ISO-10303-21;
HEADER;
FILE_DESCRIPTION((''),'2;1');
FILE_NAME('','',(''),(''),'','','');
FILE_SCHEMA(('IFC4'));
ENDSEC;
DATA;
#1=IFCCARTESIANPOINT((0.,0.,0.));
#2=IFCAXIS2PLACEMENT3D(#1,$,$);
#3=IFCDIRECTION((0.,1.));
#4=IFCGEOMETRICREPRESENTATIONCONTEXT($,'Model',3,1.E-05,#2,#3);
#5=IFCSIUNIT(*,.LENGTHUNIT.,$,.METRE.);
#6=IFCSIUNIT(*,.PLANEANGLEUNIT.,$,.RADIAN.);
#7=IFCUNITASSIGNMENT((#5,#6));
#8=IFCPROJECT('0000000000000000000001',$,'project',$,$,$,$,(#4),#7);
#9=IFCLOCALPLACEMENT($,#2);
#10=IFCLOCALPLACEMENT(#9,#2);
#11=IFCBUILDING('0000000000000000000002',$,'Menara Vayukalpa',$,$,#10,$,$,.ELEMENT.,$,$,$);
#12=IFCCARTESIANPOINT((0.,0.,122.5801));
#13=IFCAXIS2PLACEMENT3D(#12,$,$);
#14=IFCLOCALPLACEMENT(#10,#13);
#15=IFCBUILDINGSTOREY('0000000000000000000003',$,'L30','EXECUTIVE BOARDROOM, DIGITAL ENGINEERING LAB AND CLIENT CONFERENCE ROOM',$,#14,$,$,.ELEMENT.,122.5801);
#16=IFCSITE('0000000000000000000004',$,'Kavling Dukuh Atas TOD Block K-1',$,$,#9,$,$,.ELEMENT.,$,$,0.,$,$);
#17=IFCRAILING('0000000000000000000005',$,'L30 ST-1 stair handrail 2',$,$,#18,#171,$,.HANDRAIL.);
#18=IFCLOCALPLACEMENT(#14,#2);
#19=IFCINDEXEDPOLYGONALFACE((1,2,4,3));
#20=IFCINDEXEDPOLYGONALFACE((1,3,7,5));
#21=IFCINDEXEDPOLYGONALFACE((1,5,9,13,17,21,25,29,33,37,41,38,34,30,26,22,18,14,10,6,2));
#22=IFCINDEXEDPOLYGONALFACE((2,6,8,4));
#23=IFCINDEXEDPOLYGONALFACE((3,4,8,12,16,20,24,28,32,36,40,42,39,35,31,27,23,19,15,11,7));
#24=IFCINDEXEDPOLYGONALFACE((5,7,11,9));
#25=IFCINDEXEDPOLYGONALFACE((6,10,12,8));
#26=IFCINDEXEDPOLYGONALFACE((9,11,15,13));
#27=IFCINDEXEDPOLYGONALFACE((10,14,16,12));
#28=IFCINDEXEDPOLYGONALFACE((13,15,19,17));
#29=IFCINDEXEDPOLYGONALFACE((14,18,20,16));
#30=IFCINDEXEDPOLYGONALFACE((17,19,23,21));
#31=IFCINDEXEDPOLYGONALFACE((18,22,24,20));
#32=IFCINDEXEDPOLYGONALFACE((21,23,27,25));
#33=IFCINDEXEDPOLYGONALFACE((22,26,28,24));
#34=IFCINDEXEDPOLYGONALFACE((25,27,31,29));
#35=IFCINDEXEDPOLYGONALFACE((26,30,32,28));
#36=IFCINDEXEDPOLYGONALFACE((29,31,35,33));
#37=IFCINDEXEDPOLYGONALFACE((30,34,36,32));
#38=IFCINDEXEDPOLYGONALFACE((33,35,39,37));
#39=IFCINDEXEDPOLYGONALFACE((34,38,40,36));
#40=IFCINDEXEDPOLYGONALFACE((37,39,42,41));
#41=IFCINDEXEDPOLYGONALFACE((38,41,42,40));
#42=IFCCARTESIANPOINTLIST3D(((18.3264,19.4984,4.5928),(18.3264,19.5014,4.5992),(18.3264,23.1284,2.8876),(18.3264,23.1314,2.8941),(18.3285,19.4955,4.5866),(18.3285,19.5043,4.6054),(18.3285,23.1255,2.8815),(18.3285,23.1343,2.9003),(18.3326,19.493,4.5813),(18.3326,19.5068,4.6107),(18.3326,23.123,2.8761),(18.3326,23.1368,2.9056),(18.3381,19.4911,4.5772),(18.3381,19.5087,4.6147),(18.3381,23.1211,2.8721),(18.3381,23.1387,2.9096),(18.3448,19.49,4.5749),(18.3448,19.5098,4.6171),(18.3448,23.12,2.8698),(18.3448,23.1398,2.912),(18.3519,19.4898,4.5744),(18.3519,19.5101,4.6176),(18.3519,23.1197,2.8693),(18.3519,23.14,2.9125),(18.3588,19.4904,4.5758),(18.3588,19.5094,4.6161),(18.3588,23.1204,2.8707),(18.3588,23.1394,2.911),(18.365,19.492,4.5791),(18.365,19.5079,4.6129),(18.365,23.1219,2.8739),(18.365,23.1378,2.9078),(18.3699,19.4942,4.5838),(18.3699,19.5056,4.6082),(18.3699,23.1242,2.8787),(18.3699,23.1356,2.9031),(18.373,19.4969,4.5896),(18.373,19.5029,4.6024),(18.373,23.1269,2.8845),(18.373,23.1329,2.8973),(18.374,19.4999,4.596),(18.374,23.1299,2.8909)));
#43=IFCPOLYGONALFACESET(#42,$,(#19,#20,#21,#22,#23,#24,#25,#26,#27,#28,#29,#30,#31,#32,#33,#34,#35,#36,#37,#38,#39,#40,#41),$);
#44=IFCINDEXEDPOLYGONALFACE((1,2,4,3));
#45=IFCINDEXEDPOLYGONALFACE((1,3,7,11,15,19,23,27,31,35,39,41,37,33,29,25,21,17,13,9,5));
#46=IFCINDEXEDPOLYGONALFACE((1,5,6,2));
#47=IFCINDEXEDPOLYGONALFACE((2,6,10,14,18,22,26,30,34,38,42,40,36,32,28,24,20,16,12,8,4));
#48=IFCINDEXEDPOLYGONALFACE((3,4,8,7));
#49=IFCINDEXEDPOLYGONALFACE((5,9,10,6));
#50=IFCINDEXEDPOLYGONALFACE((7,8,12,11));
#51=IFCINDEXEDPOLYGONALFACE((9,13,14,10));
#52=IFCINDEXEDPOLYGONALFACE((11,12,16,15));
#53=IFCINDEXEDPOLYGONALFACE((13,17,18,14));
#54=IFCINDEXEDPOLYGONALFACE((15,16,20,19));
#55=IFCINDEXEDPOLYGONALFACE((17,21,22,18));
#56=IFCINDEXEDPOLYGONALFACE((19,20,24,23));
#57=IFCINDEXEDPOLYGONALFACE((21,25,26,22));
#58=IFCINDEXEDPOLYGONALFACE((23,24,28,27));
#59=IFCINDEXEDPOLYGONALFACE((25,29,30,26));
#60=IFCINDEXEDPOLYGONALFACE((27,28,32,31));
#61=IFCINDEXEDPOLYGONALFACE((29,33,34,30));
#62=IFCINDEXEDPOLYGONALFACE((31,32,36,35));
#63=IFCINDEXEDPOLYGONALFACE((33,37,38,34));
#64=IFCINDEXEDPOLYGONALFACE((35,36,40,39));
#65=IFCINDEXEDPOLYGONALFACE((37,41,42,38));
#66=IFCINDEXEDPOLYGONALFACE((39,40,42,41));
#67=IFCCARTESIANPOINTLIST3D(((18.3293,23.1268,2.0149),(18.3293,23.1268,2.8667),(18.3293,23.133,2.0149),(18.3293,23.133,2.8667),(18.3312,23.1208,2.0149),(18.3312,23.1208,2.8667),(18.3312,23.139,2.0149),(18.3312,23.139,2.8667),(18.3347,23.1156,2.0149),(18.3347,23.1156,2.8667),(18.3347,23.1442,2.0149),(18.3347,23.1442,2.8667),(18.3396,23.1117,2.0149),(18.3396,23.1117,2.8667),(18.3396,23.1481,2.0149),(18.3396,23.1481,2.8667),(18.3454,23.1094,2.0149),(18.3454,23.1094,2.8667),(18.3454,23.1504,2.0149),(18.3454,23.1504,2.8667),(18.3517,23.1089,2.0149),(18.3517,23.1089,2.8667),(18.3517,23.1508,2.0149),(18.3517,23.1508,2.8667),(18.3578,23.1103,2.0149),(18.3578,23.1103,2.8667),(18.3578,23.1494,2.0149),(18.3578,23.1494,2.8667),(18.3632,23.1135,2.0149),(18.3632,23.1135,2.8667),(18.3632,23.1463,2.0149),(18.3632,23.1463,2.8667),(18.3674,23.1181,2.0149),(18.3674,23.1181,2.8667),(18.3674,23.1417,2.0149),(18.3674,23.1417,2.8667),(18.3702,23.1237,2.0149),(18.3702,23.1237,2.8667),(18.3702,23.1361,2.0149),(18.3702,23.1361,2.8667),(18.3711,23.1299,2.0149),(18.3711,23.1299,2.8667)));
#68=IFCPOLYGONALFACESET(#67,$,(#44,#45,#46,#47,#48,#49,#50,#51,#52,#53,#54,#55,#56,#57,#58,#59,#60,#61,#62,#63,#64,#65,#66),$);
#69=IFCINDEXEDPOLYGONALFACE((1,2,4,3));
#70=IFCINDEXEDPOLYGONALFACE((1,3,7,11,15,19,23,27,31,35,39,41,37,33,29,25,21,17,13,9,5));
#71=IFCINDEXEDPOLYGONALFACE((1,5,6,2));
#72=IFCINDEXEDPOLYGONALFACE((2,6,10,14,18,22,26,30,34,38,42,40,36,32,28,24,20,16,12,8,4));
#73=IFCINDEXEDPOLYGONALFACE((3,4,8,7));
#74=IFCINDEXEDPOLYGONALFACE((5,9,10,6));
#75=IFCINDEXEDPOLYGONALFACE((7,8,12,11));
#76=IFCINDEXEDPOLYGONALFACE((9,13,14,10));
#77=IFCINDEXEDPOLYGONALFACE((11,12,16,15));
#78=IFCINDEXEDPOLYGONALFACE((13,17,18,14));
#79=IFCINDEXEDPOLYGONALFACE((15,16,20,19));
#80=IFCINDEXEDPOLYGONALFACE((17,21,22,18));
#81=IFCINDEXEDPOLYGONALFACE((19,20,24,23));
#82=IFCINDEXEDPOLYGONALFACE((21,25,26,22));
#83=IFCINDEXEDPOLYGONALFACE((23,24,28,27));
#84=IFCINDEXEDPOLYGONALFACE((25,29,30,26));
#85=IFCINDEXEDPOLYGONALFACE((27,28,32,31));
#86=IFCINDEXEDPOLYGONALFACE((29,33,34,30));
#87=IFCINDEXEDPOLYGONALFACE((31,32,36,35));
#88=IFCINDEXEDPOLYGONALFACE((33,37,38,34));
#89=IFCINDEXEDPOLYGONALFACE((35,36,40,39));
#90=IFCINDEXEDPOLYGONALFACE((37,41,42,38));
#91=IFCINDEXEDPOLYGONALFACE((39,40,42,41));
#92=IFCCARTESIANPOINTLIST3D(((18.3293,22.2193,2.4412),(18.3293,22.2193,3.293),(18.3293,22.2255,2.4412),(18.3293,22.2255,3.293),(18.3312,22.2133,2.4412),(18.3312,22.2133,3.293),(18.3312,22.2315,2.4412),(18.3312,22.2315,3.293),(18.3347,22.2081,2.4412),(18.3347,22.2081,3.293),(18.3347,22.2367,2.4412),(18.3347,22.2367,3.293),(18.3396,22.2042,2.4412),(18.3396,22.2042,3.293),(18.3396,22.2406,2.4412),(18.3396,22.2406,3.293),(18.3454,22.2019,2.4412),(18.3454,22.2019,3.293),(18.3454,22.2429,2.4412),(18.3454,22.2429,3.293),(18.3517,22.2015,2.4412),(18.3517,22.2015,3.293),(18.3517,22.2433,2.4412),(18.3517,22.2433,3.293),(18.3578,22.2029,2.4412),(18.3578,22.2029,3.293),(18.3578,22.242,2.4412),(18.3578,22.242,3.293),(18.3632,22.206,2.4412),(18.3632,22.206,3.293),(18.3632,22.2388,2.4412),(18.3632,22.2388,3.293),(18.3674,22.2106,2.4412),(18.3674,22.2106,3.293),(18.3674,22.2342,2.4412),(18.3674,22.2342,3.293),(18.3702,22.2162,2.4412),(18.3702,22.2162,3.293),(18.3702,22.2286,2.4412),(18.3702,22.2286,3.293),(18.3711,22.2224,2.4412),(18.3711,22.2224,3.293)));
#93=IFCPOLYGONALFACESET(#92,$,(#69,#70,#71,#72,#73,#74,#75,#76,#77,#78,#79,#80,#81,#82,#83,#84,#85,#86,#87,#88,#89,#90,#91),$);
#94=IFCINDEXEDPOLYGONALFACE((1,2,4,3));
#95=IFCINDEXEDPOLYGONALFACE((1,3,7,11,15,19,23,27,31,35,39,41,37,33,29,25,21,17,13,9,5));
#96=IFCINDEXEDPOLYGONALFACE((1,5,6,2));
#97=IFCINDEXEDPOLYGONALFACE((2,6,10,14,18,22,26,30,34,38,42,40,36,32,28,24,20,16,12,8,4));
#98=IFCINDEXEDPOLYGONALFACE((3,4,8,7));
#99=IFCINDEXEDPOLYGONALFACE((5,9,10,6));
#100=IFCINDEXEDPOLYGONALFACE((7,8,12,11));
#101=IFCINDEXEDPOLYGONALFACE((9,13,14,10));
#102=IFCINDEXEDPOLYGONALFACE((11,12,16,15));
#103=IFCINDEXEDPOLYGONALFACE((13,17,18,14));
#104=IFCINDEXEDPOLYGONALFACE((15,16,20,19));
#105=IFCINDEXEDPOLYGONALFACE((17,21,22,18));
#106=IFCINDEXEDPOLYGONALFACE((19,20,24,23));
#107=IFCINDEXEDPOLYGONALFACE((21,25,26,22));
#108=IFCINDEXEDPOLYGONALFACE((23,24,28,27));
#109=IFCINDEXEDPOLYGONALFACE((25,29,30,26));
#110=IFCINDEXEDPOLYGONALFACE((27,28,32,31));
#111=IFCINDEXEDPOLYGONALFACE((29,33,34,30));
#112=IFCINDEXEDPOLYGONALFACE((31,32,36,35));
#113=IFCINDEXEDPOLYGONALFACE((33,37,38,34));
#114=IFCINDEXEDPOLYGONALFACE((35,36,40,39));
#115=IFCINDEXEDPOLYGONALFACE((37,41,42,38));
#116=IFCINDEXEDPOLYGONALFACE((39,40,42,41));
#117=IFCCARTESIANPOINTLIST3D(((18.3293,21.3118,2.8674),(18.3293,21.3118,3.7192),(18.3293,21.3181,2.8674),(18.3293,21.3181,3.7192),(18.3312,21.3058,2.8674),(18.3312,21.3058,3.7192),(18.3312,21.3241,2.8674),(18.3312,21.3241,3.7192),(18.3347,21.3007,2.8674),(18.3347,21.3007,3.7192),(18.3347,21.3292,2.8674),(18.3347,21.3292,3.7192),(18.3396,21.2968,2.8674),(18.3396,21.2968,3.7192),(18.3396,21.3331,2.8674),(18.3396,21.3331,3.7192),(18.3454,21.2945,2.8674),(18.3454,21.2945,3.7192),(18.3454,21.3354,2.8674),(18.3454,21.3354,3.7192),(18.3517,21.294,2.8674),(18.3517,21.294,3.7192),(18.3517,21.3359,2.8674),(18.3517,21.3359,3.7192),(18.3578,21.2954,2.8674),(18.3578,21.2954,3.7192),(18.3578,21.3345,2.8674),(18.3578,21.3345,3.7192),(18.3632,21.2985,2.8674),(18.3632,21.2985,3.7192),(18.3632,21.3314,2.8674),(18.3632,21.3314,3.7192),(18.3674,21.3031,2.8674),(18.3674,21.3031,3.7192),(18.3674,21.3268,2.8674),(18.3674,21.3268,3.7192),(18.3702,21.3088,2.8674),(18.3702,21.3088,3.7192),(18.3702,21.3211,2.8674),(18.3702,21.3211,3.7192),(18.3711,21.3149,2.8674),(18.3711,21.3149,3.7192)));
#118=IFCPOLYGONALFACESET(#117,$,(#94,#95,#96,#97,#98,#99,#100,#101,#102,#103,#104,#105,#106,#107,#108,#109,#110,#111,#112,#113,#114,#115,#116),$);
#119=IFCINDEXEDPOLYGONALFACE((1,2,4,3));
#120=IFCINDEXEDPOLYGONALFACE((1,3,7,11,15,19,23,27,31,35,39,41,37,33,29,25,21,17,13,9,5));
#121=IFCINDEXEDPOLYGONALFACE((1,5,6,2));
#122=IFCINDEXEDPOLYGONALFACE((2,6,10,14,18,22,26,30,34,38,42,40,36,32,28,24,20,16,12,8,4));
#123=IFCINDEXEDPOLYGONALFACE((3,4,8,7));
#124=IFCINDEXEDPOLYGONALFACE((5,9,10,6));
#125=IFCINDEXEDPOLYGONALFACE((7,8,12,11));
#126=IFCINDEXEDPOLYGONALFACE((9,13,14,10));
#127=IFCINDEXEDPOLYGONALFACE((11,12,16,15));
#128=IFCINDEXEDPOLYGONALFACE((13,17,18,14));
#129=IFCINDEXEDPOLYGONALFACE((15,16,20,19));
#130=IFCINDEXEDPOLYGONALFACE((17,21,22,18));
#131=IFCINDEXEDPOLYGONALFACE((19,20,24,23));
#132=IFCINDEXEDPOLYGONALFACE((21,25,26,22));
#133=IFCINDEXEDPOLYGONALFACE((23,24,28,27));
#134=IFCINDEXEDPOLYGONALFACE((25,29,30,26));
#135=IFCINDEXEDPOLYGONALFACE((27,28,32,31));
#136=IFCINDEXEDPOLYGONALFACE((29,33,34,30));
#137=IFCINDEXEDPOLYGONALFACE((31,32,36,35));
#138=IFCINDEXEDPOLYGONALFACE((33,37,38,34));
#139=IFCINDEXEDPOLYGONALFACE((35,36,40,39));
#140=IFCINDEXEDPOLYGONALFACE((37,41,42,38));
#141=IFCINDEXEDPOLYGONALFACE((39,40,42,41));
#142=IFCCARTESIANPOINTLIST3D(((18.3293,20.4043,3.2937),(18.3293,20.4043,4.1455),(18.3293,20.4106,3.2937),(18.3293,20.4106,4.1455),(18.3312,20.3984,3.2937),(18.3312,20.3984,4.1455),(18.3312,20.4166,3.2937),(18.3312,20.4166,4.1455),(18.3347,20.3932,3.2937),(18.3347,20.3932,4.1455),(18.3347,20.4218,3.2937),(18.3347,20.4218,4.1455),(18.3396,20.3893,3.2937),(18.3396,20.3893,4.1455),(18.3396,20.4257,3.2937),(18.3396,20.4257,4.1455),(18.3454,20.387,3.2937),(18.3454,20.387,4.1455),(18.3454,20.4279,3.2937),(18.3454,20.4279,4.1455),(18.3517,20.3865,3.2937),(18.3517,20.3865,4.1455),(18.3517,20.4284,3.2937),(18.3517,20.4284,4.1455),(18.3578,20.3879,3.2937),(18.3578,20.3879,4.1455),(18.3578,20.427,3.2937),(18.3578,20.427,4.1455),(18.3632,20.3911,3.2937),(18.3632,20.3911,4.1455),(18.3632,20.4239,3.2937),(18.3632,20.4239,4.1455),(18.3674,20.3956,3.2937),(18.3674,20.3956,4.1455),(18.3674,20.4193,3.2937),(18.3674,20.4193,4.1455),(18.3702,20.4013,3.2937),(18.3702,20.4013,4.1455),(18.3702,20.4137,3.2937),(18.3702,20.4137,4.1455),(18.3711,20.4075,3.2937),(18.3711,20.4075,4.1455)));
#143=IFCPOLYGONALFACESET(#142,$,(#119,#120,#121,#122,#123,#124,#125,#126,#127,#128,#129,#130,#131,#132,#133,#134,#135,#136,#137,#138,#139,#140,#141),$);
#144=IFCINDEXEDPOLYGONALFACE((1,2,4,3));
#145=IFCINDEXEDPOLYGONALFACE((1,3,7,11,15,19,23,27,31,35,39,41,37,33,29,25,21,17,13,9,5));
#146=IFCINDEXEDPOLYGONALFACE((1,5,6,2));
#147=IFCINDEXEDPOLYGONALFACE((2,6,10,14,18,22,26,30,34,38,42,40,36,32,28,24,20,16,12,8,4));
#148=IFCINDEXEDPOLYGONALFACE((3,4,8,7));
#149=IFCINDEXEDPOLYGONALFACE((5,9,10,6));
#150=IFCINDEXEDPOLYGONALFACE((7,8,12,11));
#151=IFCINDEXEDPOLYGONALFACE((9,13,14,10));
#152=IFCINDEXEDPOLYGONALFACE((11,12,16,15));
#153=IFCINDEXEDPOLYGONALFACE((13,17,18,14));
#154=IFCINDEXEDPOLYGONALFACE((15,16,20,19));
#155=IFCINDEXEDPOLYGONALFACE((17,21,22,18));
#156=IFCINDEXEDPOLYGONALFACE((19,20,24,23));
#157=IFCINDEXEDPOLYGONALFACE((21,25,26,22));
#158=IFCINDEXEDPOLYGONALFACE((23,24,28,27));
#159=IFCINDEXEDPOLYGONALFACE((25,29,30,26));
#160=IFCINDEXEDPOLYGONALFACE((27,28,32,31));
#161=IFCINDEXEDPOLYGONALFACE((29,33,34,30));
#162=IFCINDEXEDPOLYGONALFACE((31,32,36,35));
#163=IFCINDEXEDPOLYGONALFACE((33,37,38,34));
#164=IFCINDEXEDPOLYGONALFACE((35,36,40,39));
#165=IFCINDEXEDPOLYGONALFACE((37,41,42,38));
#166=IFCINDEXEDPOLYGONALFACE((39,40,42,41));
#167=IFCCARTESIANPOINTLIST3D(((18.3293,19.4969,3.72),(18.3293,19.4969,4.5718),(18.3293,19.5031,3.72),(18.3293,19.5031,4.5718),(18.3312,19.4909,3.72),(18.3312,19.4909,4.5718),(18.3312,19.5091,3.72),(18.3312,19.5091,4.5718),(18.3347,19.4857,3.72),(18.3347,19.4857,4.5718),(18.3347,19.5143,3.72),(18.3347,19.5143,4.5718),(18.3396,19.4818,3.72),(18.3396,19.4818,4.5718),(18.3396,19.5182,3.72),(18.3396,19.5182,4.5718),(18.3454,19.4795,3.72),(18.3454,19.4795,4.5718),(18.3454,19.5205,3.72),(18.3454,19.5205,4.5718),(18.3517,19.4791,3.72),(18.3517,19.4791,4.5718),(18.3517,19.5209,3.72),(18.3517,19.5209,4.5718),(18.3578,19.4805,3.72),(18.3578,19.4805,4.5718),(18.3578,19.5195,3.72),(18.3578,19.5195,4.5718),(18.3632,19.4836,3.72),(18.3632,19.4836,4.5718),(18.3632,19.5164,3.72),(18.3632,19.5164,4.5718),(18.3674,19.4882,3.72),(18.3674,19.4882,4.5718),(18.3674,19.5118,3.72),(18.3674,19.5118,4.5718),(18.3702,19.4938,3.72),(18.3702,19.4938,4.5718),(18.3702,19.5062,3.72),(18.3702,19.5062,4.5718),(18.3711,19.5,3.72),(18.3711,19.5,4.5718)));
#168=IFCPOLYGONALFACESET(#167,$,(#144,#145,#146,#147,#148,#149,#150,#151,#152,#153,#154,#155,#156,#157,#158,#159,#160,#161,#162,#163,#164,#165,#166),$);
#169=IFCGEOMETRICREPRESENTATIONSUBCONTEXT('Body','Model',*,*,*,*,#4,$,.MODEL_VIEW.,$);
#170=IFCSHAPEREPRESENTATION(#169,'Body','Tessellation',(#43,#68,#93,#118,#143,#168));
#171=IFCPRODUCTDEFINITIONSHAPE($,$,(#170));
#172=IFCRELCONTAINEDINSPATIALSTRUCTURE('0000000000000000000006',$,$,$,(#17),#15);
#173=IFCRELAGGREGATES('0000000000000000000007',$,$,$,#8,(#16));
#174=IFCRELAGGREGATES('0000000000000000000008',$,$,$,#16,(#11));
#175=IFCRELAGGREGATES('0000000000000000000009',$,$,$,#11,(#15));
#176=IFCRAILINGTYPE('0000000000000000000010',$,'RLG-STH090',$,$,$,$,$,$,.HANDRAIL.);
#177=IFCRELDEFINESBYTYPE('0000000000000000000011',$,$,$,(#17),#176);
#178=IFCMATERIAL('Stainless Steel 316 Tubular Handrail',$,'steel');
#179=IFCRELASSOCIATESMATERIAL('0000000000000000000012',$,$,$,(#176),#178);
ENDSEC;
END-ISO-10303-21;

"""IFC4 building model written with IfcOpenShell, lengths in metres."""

from ifc_helpers import new_model, si_unit, direction, frame, origin, origin_2d, place, context, subcontext, project, spatial, circle, extrude, material, type_object, element, save


model = new_model("IFC4")

# Units and contexts
model_context = context("Model", 3, precision=1e-05, world=origin(), true_north=direction((0.0, 1.0)))
body_context = subcontext(model_context, "Body", "Model", "MODEL_VIEW")
ifc_project = project(units=[si_unit("LENGTHUNIT", "METRE"), si_unit("PLANEANGLEUNIT", "RADIAN")], contexts=[model_context])

# Site, building, storey
site_placement = place(None, origin())
site = spatial("IfcSite", under=ifc_project, at=site_placement, Name="Kavling Dukuh Atas TOD Block K-1", CompositionType="ELEMENT", RefElevation=0.0)
building_placement = place(site_placement, origin())
building = spatial("IfcBuilding", under=site, at=building_placement, Name="Menara Vayukalpa", CompositionType="ELEMENT")
storey_placement = place(building_placement, frame((0.0, 0.0, 122.5801)))
storey = spatial("IfcBuildingStorey", under=building, at=storey_placement, Name="L30", Description="EXECUTIVE BOARDROOM, DIGITAL ENGINEERING LAB AND CLIENT CONFERENCE ROOM", CompositionType="ELEMENT", Elevation=122.5801)

# Railing
ifc_material_1 = material(Name="Stainless Steel 316 Tubular Handrail", Category="steel")
railing_type_1 = type_object("IfcRailingType", Name="RLG-STH090", PredefinedType="HANDRAIL", material=ifc_material_1)
railing_1_placement = place(storey_placement, frame((18.3501, 23.1299, 2.0149)))
element("IfcRailing", 1, at=railing_1_placement, inside=storey, type_object=railing_type_1, Name="L30 ST-1 stair handrail 2", PredefinedType="HANDRAIL", context=body_context, shape_type="SweptSolid", body=[
    extrude(circle(Radius=0.0239, at=origin_2d()), frame((0.0, 0.0, 0.876), z_axis=(0.0, -0.905116, 0.425164), x_axis=(1.0, 0.0, 0.0)), (0.0, 0.0, 1.0), 4.0105),
    extrude(circle(Radius=0.021, at=origin_2d()), origin(), (0.0, 0.0, 1.0), 0.8518),
    extrude(circle(Radius=0.021, at=origin_2d()), frame((0.0, -0.9075, 0.4263)), (0.0, 0.0, 1.0), 0.8518),
    extrude(circle(Radius=0.021, at=origin_2d()), frame((0.0, -1.8149, 0.8525)), (0.0, 0.0, 1.0), 0.8518),
    extrude(circle(Radius=0.021, at=origin_2d()), frame((0.0, -2.7224, 1.2788)), (0.0, 0.0, 1.0), 0.8518),
    extrude(circle(Radius=0.021, at=origin_2d()), frame((0.0, -3.6299, 1.7051)), (0.0, 0.0, 1.0), 0.8518),
])

save(model, "model.ifc")
